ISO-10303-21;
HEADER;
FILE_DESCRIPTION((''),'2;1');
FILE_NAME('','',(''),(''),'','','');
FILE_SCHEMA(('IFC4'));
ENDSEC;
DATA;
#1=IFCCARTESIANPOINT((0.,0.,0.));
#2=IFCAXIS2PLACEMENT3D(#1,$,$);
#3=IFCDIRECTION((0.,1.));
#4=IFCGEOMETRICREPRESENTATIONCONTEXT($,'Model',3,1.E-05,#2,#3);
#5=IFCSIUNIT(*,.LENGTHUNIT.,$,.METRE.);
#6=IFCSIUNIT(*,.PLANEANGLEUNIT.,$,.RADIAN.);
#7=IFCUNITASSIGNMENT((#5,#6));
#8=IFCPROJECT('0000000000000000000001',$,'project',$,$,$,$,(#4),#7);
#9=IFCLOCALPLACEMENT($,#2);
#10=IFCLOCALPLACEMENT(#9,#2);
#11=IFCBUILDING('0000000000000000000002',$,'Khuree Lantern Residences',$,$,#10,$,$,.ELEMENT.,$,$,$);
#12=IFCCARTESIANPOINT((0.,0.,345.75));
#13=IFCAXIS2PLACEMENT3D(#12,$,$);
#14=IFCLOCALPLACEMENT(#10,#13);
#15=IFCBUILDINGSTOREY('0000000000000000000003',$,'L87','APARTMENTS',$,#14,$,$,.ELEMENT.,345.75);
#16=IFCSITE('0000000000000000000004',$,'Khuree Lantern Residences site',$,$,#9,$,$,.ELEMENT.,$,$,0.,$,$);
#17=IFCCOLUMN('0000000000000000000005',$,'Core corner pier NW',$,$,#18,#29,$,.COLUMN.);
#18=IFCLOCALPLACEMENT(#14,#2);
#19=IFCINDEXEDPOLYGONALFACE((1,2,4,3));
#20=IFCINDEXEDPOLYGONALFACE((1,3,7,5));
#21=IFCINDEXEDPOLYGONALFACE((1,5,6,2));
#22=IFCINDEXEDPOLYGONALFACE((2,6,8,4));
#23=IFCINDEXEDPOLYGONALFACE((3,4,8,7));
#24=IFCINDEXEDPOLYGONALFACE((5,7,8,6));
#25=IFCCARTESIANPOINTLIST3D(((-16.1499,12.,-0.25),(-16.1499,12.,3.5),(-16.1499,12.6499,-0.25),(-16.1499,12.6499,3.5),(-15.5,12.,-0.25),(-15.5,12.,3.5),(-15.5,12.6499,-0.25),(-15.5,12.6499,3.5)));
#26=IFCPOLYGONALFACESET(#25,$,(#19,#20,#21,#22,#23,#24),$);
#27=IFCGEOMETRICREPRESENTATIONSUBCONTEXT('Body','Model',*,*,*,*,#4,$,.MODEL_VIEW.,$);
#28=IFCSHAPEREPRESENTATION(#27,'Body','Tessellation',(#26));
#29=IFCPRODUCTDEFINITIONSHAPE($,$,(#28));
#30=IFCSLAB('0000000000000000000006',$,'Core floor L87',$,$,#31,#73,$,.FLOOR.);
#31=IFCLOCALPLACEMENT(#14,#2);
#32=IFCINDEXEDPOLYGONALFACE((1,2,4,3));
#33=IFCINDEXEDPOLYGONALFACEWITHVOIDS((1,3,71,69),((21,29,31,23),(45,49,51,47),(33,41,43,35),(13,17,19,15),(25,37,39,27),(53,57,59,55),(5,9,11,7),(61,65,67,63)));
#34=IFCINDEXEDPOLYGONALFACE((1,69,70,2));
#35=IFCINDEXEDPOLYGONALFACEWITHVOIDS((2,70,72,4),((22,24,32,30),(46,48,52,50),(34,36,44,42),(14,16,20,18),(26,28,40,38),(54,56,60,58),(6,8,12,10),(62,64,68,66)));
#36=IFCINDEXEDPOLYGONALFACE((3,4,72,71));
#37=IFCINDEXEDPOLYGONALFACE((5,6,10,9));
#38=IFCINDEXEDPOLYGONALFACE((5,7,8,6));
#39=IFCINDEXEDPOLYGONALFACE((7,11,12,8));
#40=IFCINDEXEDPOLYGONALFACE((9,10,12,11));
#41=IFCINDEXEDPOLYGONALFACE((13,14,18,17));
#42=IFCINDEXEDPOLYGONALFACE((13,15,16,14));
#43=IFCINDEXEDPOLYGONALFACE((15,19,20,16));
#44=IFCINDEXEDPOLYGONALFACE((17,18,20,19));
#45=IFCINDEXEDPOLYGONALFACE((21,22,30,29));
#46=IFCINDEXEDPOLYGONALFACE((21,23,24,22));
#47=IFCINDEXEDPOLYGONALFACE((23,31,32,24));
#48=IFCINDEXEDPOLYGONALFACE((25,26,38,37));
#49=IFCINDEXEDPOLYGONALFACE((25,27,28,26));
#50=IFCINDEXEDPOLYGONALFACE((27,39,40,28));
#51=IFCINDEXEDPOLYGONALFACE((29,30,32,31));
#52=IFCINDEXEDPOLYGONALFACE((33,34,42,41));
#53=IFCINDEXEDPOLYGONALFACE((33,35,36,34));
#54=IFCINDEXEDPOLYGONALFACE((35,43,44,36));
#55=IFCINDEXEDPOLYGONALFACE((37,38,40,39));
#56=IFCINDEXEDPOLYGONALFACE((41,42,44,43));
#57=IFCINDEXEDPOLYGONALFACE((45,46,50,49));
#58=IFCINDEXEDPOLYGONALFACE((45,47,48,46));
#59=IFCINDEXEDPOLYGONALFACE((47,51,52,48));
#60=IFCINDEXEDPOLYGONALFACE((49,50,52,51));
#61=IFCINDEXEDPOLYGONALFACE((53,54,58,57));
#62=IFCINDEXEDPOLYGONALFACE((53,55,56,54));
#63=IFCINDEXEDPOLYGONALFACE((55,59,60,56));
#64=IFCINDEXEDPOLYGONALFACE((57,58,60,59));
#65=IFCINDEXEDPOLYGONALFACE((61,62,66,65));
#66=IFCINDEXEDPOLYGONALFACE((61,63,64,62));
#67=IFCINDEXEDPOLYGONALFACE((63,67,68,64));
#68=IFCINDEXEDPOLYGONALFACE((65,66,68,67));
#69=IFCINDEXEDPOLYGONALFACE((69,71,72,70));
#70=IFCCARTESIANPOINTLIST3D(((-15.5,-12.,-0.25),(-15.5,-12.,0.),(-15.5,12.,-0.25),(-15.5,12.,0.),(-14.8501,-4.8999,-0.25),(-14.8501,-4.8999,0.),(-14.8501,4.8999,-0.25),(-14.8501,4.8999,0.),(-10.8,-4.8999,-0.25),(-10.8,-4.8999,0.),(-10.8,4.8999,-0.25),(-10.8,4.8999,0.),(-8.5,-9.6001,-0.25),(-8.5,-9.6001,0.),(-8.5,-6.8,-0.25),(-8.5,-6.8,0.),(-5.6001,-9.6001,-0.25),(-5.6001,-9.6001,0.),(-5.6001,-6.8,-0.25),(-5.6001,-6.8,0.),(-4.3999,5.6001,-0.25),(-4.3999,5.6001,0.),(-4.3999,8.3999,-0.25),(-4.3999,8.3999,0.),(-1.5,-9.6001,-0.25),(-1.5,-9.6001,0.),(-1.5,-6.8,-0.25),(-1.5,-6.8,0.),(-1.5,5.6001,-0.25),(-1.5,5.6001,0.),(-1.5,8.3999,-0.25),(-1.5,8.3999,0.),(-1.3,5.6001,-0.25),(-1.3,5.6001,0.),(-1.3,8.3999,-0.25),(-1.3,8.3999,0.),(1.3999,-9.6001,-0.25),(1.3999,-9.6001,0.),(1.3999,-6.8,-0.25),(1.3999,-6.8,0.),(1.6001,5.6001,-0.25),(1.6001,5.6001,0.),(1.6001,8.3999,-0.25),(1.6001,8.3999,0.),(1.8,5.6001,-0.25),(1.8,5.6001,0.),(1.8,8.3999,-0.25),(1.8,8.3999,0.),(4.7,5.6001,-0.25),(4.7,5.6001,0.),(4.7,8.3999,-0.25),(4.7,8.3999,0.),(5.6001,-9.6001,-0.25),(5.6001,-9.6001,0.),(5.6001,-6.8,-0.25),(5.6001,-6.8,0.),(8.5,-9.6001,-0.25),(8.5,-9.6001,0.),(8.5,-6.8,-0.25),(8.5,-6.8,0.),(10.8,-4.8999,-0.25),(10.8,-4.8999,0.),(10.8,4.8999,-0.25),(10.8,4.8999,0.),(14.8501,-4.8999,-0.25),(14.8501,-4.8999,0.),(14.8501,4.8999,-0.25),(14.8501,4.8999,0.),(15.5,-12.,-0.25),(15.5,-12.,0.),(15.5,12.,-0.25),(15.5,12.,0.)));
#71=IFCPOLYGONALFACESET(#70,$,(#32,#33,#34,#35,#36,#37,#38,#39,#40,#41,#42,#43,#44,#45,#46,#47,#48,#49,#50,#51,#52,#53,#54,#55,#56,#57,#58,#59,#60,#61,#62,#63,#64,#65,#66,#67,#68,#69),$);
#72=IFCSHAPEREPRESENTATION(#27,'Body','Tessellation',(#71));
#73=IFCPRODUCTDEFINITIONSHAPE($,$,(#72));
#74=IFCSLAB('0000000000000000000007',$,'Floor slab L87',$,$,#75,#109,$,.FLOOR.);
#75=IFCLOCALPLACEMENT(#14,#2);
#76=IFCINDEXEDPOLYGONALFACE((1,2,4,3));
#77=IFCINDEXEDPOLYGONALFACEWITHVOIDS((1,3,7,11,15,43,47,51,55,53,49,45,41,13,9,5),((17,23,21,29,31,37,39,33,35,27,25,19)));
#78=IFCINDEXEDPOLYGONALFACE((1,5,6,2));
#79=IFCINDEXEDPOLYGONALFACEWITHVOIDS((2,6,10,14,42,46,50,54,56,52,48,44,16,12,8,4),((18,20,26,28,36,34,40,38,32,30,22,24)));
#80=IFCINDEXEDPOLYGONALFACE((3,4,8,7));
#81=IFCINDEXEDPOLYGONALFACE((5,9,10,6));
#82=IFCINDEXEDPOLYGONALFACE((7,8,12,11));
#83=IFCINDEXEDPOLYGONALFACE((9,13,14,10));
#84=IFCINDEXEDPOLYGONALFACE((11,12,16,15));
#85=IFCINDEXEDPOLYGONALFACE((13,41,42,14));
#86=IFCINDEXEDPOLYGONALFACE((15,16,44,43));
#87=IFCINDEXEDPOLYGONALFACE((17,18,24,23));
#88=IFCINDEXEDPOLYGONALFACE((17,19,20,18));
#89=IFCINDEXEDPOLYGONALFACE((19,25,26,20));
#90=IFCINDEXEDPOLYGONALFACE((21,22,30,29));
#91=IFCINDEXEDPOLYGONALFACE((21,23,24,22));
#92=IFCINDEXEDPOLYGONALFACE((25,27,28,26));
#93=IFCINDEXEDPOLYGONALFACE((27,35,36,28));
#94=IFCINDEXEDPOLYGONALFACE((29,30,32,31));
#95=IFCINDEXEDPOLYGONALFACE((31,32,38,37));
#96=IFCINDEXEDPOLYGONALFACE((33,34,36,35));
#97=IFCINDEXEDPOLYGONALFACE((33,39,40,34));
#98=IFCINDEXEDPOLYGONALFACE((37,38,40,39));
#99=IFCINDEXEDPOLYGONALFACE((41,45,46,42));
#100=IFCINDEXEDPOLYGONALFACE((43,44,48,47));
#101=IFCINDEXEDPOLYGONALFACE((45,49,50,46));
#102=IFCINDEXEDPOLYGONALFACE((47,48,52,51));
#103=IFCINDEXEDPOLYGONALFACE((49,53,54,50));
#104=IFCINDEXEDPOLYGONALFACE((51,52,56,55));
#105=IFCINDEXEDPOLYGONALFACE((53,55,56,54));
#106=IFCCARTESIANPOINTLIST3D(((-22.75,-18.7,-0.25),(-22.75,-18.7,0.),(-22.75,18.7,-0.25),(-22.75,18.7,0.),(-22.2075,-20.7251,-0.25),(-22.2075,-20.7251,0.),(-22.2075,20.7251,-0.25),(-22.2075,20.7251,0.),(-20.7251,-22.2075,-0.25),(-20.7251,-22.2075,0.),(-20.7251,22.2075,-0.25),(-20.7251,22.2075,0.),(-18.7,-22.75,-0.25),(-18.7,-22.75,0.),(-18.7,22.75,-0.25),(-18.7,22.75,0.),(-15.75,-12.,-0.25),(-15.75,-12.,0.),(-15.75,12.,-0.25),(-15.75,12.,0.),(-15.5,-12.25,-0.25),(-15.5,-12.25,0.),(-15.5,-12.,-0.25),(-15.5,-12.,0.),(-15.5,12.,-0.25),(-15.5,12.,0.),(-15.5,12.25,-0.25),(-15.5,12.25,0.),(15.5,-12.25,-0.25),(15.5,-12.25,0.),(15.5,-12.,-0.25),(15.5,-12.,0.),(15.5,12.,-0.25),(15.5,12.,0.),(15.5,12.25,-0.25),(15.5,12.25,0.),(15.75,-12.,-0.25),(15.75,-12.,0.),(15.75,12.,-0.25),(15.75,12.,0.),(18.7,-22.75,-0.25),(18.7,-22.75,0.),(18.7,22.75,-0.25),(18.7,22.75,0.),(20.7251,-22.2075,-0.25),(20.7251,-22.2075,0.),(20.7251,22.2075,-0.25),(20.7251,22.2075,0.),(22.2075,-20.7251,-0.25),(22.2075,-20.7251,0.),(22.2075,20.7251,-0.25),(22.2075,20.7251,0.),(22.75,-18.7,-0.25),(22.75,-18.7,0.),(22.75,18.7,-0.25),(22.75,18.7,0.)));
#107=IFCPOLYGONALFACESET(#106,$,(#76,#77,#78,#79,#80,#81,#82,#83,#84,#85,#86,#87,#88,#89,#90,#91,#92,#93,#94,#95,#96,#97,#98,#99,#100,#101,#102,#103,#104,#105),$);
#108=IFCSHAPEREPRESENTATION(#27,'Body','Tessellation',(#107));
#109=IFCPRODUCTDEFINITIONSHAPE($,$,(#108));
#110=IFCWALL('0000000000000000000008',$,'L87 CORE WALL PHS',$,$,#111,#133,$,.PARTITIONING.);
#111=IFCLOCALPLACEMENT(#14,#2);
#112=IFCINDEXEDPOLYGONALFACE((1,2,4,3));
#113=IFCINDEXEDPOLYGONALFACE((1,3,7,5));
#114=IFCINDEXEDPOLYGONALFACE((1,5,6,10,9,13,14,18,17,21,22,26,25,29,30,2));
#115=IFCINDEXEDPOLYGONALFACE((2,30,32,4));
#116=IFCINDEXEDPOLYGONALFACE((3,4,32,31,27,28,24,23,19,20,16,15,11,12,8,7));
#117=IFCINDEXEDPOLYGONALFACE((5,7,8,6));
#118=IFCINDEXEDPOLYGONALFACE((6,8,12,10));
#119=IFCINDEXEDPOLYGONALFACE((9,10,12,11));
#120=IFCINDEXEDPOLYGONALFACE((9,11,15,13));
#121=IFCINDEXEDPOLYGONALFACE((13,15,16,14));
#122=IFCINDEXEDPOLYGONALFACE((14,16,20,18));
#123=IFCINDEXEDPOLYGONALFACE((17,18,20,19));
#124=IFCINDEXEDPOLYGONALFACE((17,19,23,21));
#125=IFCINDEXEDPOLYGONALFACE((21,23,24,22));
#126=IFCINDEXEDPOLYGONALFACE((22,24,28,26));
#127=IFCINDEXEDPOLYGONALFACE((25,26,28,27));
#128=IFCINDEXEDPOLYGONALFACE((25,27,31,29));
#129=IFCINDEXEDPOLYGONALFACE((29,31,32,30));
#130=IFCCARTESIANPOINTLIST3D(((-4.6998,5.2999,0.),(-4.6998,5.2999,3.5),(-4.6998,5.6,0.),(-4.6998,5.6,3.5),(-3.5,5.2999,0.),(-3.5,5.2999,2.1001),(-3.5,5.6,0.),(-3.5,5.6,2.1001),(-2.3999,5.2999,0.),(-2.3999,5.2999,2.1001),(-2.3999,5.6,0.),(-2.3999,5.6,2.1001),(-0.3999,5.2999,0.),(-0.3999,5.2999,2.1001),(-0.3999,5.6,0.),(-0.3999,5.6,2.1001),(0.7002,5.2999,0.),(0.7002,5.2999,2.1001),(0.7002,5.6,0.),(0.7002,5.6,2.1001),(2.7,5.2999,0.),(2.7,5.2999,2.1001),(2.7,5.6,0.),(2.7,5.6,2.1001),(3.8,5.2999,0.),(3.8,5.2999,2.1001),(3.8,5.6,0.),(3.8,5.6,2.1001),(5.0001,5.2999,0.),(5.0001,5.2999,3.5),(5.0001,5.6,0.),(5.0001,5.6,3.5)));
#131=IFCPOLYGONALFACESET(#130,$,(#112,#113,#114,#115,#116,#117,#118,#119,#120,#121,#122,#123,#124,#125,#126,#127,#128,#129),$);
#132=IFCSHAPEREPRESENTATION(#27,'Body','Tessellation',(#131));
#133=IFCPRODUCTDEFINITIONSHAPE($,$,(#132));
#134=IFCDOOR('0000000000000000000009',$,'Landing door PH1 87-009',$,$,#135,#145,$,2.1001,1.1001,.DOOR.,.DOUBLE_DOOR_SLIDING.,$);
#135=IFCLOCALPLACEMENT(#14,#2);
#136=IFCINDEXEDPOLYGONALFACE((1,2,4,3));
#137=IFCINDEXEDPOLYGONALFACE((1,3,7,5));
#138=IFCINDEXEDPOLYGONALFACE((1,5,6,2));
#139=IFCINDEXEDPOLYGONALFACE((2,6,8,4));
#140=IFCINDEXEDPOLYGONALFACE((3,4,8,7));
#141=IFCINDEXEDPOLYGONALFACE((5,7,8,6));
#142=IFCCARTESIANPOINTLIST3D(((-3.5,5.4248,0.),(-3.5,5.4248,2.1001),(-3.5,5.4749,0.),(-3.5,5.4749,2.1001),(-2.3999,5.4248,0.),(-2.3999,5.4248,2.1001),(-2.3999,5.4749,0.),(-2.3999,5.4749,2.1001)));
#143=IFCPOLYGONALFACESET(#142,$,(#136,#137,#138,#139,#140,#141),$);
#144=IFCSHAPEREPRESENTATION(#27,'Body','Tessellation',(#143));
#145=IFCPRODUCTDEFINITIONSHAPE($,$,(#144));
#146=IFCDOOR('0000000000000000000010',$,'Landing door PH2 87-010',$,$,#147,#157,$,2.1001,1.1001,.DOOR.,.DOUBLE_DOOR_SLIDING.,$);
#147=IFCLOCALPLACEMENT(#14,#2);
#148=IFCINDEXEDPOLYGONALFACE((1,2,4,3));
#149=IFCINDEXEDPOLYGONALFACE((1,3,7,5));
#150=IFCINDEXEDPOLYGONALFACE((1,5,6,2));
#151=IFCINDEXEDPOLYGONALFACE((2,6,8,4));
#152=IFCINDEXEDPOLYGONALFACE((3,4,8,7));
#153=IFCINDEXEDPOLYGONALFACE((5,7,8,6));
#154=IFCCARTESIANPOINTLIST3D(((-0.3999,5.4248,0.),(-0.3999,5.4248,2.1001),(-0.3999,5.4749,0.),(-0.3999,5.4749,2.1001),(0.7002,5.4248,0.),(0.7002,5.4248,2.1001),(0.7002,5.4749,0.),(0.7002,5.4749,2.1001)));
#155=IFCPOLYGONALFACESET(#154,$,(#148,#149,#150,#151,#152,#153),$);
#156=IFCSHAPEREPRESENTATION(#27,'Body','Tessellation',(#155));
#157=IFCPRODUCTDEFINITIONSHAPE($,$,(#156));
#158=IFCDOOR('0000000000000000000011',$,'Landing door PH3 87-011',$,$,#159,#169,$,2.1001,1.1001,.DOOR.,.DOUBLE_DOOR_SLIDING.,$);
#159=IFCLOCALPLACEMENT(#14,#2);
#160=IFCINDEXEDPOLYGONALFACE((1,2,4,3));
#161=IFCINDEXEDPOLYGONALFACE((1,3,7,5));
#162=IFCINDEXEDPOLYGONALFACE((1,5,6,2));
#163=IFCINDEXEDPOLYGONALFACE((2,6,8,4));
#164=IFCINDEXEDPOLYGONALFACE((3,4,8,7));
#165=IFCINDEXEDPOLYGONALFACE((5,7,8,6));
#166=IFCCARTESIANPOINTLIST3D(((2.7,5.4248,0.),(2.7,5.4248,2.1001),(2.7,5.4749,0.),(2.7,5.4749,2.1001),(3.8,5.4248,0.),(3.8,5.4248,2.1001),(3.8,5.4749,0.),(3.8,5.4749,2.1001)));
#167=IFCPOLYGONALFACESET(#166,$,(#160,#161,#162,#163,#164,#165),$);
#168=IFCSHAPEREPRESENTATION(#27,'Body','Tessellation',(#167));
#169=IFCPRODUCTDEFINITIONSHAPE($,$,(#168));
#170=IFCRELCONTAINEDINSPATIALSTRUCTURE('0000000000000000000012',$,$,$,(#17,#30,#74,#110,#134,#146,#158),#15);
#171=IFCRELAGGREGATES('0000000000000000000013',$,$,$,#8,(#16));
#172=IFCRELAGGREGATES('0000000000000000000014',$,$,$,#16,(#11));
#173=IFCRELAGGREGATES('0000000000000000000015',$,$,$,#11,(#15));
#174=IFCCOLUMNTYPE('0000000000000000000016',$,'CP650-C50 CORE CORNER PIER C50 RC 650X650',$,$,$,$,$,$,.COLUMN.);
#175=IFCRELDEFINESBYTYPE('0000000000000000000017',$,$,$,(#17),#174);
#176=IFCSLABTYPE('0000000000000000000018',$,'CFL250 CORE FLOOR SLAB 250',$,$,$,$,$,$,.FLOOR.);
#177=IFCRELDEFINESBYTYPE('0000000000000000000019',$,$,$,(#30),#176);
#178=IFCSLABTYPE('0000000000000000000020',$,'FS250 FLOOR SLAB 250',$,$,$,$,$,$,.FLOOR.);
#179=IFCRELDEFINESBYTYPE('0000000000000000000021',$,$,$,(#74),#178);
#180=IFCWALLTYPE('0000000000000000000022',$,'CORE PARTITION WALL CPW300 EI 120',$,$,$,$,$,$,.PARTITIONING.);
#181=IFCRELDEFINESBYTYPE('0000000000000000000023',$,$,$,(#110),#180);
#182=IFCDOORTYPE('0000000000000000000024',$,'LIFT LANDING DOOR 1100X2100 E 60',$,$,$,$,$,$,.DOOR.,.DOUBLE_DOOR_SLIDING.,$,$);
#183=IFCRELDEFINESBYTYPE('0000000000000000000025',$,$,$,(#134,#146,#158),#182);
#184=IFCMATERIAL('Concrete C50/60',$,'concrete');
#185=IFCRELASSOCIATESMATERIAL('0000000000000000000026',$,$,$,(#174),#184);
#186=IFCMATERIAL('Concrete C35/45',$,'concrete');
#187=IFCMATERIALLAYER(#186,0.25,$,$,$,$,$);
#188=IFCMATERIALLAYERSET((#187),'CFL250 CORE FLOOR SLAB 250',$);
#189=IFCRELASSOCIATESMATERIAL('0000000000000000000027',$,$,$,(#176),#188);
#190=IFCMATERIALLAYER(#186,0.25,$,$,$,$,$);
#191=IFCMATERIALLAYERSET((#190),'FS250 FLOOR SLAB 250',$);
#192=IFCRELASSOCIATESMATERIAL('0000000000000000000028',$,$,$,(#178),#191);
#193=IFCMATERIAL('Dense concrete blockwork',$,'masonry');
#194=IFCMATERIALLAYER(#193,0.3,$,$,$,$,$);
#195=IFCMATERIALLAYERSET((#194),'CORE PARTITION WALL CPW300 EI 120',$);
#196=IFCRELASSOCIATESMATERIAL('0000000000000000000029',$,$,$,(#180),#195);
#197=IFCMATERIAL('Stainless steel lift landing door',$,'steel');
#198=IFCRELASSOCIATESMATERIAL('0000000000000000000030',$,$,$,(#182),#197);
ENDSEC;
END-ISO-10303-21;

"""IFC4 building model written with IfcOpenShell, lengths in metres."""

from ifc_helpers import new_model, si_unit, direction, frame, frame_2d, origin, origin_2d, place, context, subcontext, project, spatial, polyline, rectangle, outline, extrude, material, layer, layer_set, material_profile, profile_set, type_object, element, fill, save


model = new_model("IFC4")

# Units and contexts
model_context = context("Model", 3, precision=1e-05, world=origin(), true_north=direction((0.0, 1.0)))
body_context = subcontext(model_context, "Body", "Model", "MODEL_VIEW")
ifc_project = project(units=[si_unit("LENGTHUNIT", "METRE"), si_unit("PLANEANGLEUNIT", "RADIAN")], contexts=[model_context])

# Site, building, storey
site_placement = place(None, origin())
site = spatial("IfcSite", under=ifc_project, at=site_placement, Name="Khuree Lantern Residences site", CompositionType="ELEMENT", RefElevation=0.0)
building_placement = place(site_placement, origin())
building = spatial("IfcBuilding", under=site, at=building_placement, Name="Khuree Lantern Residences", CompositionType="ELEMENT")
storey_placement = place(building_placement, frame((0.0, 0.0, 345.75)))
storey = spatial("IfcBuildingStorey", under=building, at=storey_placement, Name="L87", Description="APARTMENTS", CompositionType="ELEMENT", Elevation=345.75)

# Column
ifc_material_1 = material(Name="Concrete C50/60", Category="concrete")
ifc_material_profile = material_profile(ifc_material_1, rectangle(XDim=0.6499, YDim=0.6499, at=origin_2d()), Name="RC 650X650")
ifc_profile_set = profile_set([ifc_material_profile], Name="Concrete C50/60")
column_type = type_object("IfcColumnType", Name="CP650-C50 CORE CORNER PIER C50 RC 650X650", PredefinedType="COLUMN", material=ifc_profile_set)
column_placement = place(storey_placement, frame((-15.825, 12.325, -0.25), z_axis=(0.0, 0.0, 1.0), x_axis=(1.0, 0.0, 0.0)))
element("IfcColumn", 1, at=column_placement, inside=storey, type_object=column_type, Name="Core corner pier NW", PredefinedType="COLUMN", context=body_context, shape_type="SweptSolid", body=[
    extrude(rectangle(XDim=0.6499, YDim=0.6499, at=origin_2d()), origin(), (0.0, 0.0, 1.0), 3.75),
])

# Slabs
ifc_material_2 = material(Name="Concrete C35/45", Category="concrete")
ifc_layer_1 = layer(ifc_material_2, 0.25)
ifc_layer_set_1 = layer_set([ifc_layer_1], Name="CFL250 CORE FLOOR SLAB 250")
slab_type_1 = type_object("IfcSlabType", Name="CFL250 CORE FLOOR SLAB 250", PredefinedType="FLOOR", material=ifc_layer_set_1)
slab_1_placement = place(storey_placement, frame((0.0, 0.0, -0.25)))
element("IfcSlab", 2, at=slab_1_placement, inside=storey, type_object=slab_type_1, Name="Core floor L87", PredefinedType="FLOOR", context=body_context, shape_type="SweptSolid", body=[
    extrude(outline(polyline([(-15.5, -12.0), (-15.5, 12.0), (15.5, 12.0), (15.5, -12.0), (-15.5, -12.0)]), holes=[polyline([(10.8, 4.8999), (10.8, -4.8999), (14.8501, -4.8999), (14.8501, 4.8999), (10.8, 4.8999)]), polyline([(5.6001, -6.8), (5.6001, -9.6001), (8.5, -9.6001), (8.5, -6.8), (5.6001, -6.8)]), polyline([(1.8, 8.3999), (1.8, 5.6001), (4.7, 5.6001), (4.7, 8.3999), (1.8, 8.3999)]), polyline([(-1.3, 8.3999), (-1.3, 5.6001), (1.6001, 5.6001), (1.6001, 8.3999), (-1.3, 8.3999)]), polyline([(-1.5, -6.8), (-1.5, -9.6001), (1.3999, -9.6001), (1.3999, -6.8), (-1.5, -6.8)]), polyline([(-4.3999, 8.3999), (-4.3999, 5.6001), (-1.5, 5.6001), (-1.5, 8.3999), (-4.3999, 8.3999)]), polyline([(-8.5, -6.8), (-8.5, -9.6001), (-5.6001, -9.6001), (-5.6001, -6.8), (-8.5, -6.8)]), polyline([(-14.8501, 4.8999), (-14.8501, -4.8999), (-10.8, -4.8999), (-10.8, 4.8999), (-14.8501, 4.8999)])]), origin(), (0.0, 0.0, 1.0), 0.25),
])
ifc_layer_2 = layer(ifc_material_2, 0.25)
ifc_layer_set_2 = layer_set([ifc_layer_2], Name="FS250 FLOOR SLAB 250")
slab_type_2 = type_object("IfcSlabType", Name="FS250 FLOOR SLAB 250", PredefinedType="FLOOR", material=ifc_layer_set_2)
slab_2_placement = place(storey_placement, frame((0.0, 0.0, -0.25)))
element("IfcSlab", 3, at=slab_2_placement, inside=storey, type_object=slab_type_2, Name="Floor slab L87", PredefinedType="FLOOR", context=body_context, shape_type="SweptSolid", body=[
    extrude(outline(polyline([(-20.7251, -22.2075), (-22.2075, -20.7251), (-22.75, -18.7), (-22.75, 18.7), (-22.2075, 20.7251), (-20.7251, 22.2075), (-18.7, 22.75), (18.7, 22.75), (20.7251, 22.2075), (22.2075, 20.7251), (22.75, 18.7), (22.75, -18.7), (22.2075, -20.7251), (20.7251, -22.2075), (18.7, -22.75), (-18.7, -22.75), (-20.7251, -22.2075)]), holes=[polyline([(15.75, 12.0), (15.5, 12.0), (15.5, 12.25), (-15.5, 12.25), (-15.5, 12.0), (-15.75, 12.0), (-15.75, -12.0), (-15.5, -12.0), (-15.5, -12.25), (15.5, -12.25), (15.5, -12.0), (15.75, -12.0), (15.75, 12.0)])]), origin(), (0.0, 0.0, 1.0), 0.25),
])

# Wall, openings, doors
ifc_material_3 = material(Name="Dense concrete blockwork", Category="masonry")
ifc_layer_3 = layer(ifc_material_3, 0.3)
ifc_layer_set_3 = layer_set([ifc_layer_3], Name="CORE PARTITION WALL CPW300 EI 120")
wall_type_1 = type_object("IfcWallType", Name="CORE PARTITION WALL CPW300 EI 120", PredefinedType="PARTITIONING", material=ifc_layer_set_3)
wall_1_placement = place(storey_placement, frame((-4.7, 5.45, 0.0), z_axis=(0.0, 0.0, 1.0), x_axis=(1.0, 0.0, 0.0)))
wall_1 = element("IfcWall", 4, at=wall_1_placement, inside=storey, type_object=wall_type_1, Name="L87 CORE WALL PHS", PredefinedType="PARTITIONING", context=body_context, shape_type="SweptSolid", body=[
    extrude(rectangle(XDim=9.7, YDim=0.3, at=frame_2d((4.8501, 0.0))), origin(), (0.0, 0.0, 1.0), 3.5),
])
opening_1_placement = place(wall_1_placement, frame((1.2, 0.0, 0.0)))
opening_1 = element("IfcOpeningElement", 5, at=opening_1_placement, cuts=wall_1, PredefinedType="OPENING", context=body_context, shape_type="SweptSolid", body=[
    extrude(rectangle(XDim=1.1001, YDim=2.1001, at=frame_2d((0.55, 1.05))), frame((0.0, 0.1602, 0.0), z_axis=(0.0, -1.0, 0.0), x_axis=(1.0, 0.0, 0.0)), (0.0, 0.0, 1.0), 0.3201),
])
opening_2_placement = place(wall_1_placement, frame((4.3, 0.0, 0.0)))
opening_2 = element("IfcOpeningElement", 6, at=opening_2_placement, cuts=wall_1, PredefinedType="OPENING", context=body_context, shape_type="SweptSolid", body=[
    extrude(rectangle(XDim=1.1001, YDim=2.1001, at=frame_2d((0.55, 1.05))), frame((0.0, 0.1602, 0.0), z_axis=(0.0, -1.0, 0.0), x_axis=(1.0, 0.0, 0.0)), (0.0, 0.0, 1.0), 0.3201),
])
opening_3_placement = place(wall_1_placement, frame((7.3999, 0.0, 0.0)))
opening_3 = element("IfcOpeningElement", 7, at=opening_3_placement, cuts=wall_1, PredefinedType="OPENING", context=body_context, shape_type="SweptSolid", body=[
    extrude(rectangle(XDim=1.1001, YDim=2.1001, at=frame_2d((0.55, 1.05))), frame((0.0, 0.1602, 0.0), z_axis=(0.0, -1.0, 0.0), x_axis=(1.0, 0.0, 0.0)), (0.0, 0.0, 1.0), 0.3201),
])
ifc_material_4 = material(Name="Stainless steel lift landing door", Category="steel")
door_type_1 = type_object("IfcDoorType", Name="LIFT LANDING DOOR 1100X2100 E 60", OperationType="DOUBLE_DOOR_SLIDING", PredefinedType="DOOR", material=ifc_material_4)
door_1_placement = place(opening_1_placement, origin())
door_1 = element("IfcDoor", 8, at=door_1_placement, inside=storey, type_object=door_type_1, Name="Landing door PH1 87-009", OperationType="DOUBLE_DOOR_SLIDING", OverallHeight=2.1001, OverallWidth=1.1001, PredefinedType="DOOR", context=body_context, shape_type="SweptSolid", body=[
    extrude(rectangle(XDim=1.1001, YDim=2.1001, at=frame_2d((0.55, 1.05))), frame((0.0, 0.0249, 0.0), z_axis=(0.0, -1.0, 0.0), x_axis=(1.0, 0.0, 0.0)), (0.0, 0.0, 1.0), 0.05),
])
fill(opening_1, door_1)
door_2_placement = place(opening_2_placement, origin())
door_2 = element("IfcDoor", 9, at=door_2_placement, inside=storey, type_object=door_type_1, Name="Landing door PH2 87-010", OperationType="DOUBLE_DOOR_SLIDING", OverallHeight=2.1001, OverallWidth=1.1001, PredefinedType="DOOR", context=body_context, shape_type="SweptSolid", body=[
    extrude(rectangle(XDim=1.1001, YDim=2.1001, at=frame_2d((0.55, 1.05))), frame((0.0, 0.0249, 0.0), z_axis=(0.0, -1.0, 0.0), x_axis=(1.0, 0.0, 0.0)), (0.0, 0.0, 1.0), 0.05),
])
fill(opening_2, door_2)
door_3_placement = place(opening_3_placement, origin())
door_3 = element("IfcDoor", 10, at=door_3_placement, inside=storey, type_object=door_type_1, Name="Landing door PH3 87-011", OperationType="DOUBLE_DOOR_SLIDING", OverallHeight=2.1001, OverallWidth=1.1001, PredefinedType="DOOR", context=body_context, shape_type="SweptSolid", body=[
    extrude(rectangle(XDim=1.1001, YDim=2.1001, at=frame_2d((0.55, 1.05))), frame((0.0, 0.0249, 0.0), z_axis=(0.0, -1.0, 0.0), x_axis=(1.0, 0.0, 0.0)), (0.0, 0.0, 1.0), 0.05),
])
fill(opening_3, door_3)

save(model, "model.ifc")
